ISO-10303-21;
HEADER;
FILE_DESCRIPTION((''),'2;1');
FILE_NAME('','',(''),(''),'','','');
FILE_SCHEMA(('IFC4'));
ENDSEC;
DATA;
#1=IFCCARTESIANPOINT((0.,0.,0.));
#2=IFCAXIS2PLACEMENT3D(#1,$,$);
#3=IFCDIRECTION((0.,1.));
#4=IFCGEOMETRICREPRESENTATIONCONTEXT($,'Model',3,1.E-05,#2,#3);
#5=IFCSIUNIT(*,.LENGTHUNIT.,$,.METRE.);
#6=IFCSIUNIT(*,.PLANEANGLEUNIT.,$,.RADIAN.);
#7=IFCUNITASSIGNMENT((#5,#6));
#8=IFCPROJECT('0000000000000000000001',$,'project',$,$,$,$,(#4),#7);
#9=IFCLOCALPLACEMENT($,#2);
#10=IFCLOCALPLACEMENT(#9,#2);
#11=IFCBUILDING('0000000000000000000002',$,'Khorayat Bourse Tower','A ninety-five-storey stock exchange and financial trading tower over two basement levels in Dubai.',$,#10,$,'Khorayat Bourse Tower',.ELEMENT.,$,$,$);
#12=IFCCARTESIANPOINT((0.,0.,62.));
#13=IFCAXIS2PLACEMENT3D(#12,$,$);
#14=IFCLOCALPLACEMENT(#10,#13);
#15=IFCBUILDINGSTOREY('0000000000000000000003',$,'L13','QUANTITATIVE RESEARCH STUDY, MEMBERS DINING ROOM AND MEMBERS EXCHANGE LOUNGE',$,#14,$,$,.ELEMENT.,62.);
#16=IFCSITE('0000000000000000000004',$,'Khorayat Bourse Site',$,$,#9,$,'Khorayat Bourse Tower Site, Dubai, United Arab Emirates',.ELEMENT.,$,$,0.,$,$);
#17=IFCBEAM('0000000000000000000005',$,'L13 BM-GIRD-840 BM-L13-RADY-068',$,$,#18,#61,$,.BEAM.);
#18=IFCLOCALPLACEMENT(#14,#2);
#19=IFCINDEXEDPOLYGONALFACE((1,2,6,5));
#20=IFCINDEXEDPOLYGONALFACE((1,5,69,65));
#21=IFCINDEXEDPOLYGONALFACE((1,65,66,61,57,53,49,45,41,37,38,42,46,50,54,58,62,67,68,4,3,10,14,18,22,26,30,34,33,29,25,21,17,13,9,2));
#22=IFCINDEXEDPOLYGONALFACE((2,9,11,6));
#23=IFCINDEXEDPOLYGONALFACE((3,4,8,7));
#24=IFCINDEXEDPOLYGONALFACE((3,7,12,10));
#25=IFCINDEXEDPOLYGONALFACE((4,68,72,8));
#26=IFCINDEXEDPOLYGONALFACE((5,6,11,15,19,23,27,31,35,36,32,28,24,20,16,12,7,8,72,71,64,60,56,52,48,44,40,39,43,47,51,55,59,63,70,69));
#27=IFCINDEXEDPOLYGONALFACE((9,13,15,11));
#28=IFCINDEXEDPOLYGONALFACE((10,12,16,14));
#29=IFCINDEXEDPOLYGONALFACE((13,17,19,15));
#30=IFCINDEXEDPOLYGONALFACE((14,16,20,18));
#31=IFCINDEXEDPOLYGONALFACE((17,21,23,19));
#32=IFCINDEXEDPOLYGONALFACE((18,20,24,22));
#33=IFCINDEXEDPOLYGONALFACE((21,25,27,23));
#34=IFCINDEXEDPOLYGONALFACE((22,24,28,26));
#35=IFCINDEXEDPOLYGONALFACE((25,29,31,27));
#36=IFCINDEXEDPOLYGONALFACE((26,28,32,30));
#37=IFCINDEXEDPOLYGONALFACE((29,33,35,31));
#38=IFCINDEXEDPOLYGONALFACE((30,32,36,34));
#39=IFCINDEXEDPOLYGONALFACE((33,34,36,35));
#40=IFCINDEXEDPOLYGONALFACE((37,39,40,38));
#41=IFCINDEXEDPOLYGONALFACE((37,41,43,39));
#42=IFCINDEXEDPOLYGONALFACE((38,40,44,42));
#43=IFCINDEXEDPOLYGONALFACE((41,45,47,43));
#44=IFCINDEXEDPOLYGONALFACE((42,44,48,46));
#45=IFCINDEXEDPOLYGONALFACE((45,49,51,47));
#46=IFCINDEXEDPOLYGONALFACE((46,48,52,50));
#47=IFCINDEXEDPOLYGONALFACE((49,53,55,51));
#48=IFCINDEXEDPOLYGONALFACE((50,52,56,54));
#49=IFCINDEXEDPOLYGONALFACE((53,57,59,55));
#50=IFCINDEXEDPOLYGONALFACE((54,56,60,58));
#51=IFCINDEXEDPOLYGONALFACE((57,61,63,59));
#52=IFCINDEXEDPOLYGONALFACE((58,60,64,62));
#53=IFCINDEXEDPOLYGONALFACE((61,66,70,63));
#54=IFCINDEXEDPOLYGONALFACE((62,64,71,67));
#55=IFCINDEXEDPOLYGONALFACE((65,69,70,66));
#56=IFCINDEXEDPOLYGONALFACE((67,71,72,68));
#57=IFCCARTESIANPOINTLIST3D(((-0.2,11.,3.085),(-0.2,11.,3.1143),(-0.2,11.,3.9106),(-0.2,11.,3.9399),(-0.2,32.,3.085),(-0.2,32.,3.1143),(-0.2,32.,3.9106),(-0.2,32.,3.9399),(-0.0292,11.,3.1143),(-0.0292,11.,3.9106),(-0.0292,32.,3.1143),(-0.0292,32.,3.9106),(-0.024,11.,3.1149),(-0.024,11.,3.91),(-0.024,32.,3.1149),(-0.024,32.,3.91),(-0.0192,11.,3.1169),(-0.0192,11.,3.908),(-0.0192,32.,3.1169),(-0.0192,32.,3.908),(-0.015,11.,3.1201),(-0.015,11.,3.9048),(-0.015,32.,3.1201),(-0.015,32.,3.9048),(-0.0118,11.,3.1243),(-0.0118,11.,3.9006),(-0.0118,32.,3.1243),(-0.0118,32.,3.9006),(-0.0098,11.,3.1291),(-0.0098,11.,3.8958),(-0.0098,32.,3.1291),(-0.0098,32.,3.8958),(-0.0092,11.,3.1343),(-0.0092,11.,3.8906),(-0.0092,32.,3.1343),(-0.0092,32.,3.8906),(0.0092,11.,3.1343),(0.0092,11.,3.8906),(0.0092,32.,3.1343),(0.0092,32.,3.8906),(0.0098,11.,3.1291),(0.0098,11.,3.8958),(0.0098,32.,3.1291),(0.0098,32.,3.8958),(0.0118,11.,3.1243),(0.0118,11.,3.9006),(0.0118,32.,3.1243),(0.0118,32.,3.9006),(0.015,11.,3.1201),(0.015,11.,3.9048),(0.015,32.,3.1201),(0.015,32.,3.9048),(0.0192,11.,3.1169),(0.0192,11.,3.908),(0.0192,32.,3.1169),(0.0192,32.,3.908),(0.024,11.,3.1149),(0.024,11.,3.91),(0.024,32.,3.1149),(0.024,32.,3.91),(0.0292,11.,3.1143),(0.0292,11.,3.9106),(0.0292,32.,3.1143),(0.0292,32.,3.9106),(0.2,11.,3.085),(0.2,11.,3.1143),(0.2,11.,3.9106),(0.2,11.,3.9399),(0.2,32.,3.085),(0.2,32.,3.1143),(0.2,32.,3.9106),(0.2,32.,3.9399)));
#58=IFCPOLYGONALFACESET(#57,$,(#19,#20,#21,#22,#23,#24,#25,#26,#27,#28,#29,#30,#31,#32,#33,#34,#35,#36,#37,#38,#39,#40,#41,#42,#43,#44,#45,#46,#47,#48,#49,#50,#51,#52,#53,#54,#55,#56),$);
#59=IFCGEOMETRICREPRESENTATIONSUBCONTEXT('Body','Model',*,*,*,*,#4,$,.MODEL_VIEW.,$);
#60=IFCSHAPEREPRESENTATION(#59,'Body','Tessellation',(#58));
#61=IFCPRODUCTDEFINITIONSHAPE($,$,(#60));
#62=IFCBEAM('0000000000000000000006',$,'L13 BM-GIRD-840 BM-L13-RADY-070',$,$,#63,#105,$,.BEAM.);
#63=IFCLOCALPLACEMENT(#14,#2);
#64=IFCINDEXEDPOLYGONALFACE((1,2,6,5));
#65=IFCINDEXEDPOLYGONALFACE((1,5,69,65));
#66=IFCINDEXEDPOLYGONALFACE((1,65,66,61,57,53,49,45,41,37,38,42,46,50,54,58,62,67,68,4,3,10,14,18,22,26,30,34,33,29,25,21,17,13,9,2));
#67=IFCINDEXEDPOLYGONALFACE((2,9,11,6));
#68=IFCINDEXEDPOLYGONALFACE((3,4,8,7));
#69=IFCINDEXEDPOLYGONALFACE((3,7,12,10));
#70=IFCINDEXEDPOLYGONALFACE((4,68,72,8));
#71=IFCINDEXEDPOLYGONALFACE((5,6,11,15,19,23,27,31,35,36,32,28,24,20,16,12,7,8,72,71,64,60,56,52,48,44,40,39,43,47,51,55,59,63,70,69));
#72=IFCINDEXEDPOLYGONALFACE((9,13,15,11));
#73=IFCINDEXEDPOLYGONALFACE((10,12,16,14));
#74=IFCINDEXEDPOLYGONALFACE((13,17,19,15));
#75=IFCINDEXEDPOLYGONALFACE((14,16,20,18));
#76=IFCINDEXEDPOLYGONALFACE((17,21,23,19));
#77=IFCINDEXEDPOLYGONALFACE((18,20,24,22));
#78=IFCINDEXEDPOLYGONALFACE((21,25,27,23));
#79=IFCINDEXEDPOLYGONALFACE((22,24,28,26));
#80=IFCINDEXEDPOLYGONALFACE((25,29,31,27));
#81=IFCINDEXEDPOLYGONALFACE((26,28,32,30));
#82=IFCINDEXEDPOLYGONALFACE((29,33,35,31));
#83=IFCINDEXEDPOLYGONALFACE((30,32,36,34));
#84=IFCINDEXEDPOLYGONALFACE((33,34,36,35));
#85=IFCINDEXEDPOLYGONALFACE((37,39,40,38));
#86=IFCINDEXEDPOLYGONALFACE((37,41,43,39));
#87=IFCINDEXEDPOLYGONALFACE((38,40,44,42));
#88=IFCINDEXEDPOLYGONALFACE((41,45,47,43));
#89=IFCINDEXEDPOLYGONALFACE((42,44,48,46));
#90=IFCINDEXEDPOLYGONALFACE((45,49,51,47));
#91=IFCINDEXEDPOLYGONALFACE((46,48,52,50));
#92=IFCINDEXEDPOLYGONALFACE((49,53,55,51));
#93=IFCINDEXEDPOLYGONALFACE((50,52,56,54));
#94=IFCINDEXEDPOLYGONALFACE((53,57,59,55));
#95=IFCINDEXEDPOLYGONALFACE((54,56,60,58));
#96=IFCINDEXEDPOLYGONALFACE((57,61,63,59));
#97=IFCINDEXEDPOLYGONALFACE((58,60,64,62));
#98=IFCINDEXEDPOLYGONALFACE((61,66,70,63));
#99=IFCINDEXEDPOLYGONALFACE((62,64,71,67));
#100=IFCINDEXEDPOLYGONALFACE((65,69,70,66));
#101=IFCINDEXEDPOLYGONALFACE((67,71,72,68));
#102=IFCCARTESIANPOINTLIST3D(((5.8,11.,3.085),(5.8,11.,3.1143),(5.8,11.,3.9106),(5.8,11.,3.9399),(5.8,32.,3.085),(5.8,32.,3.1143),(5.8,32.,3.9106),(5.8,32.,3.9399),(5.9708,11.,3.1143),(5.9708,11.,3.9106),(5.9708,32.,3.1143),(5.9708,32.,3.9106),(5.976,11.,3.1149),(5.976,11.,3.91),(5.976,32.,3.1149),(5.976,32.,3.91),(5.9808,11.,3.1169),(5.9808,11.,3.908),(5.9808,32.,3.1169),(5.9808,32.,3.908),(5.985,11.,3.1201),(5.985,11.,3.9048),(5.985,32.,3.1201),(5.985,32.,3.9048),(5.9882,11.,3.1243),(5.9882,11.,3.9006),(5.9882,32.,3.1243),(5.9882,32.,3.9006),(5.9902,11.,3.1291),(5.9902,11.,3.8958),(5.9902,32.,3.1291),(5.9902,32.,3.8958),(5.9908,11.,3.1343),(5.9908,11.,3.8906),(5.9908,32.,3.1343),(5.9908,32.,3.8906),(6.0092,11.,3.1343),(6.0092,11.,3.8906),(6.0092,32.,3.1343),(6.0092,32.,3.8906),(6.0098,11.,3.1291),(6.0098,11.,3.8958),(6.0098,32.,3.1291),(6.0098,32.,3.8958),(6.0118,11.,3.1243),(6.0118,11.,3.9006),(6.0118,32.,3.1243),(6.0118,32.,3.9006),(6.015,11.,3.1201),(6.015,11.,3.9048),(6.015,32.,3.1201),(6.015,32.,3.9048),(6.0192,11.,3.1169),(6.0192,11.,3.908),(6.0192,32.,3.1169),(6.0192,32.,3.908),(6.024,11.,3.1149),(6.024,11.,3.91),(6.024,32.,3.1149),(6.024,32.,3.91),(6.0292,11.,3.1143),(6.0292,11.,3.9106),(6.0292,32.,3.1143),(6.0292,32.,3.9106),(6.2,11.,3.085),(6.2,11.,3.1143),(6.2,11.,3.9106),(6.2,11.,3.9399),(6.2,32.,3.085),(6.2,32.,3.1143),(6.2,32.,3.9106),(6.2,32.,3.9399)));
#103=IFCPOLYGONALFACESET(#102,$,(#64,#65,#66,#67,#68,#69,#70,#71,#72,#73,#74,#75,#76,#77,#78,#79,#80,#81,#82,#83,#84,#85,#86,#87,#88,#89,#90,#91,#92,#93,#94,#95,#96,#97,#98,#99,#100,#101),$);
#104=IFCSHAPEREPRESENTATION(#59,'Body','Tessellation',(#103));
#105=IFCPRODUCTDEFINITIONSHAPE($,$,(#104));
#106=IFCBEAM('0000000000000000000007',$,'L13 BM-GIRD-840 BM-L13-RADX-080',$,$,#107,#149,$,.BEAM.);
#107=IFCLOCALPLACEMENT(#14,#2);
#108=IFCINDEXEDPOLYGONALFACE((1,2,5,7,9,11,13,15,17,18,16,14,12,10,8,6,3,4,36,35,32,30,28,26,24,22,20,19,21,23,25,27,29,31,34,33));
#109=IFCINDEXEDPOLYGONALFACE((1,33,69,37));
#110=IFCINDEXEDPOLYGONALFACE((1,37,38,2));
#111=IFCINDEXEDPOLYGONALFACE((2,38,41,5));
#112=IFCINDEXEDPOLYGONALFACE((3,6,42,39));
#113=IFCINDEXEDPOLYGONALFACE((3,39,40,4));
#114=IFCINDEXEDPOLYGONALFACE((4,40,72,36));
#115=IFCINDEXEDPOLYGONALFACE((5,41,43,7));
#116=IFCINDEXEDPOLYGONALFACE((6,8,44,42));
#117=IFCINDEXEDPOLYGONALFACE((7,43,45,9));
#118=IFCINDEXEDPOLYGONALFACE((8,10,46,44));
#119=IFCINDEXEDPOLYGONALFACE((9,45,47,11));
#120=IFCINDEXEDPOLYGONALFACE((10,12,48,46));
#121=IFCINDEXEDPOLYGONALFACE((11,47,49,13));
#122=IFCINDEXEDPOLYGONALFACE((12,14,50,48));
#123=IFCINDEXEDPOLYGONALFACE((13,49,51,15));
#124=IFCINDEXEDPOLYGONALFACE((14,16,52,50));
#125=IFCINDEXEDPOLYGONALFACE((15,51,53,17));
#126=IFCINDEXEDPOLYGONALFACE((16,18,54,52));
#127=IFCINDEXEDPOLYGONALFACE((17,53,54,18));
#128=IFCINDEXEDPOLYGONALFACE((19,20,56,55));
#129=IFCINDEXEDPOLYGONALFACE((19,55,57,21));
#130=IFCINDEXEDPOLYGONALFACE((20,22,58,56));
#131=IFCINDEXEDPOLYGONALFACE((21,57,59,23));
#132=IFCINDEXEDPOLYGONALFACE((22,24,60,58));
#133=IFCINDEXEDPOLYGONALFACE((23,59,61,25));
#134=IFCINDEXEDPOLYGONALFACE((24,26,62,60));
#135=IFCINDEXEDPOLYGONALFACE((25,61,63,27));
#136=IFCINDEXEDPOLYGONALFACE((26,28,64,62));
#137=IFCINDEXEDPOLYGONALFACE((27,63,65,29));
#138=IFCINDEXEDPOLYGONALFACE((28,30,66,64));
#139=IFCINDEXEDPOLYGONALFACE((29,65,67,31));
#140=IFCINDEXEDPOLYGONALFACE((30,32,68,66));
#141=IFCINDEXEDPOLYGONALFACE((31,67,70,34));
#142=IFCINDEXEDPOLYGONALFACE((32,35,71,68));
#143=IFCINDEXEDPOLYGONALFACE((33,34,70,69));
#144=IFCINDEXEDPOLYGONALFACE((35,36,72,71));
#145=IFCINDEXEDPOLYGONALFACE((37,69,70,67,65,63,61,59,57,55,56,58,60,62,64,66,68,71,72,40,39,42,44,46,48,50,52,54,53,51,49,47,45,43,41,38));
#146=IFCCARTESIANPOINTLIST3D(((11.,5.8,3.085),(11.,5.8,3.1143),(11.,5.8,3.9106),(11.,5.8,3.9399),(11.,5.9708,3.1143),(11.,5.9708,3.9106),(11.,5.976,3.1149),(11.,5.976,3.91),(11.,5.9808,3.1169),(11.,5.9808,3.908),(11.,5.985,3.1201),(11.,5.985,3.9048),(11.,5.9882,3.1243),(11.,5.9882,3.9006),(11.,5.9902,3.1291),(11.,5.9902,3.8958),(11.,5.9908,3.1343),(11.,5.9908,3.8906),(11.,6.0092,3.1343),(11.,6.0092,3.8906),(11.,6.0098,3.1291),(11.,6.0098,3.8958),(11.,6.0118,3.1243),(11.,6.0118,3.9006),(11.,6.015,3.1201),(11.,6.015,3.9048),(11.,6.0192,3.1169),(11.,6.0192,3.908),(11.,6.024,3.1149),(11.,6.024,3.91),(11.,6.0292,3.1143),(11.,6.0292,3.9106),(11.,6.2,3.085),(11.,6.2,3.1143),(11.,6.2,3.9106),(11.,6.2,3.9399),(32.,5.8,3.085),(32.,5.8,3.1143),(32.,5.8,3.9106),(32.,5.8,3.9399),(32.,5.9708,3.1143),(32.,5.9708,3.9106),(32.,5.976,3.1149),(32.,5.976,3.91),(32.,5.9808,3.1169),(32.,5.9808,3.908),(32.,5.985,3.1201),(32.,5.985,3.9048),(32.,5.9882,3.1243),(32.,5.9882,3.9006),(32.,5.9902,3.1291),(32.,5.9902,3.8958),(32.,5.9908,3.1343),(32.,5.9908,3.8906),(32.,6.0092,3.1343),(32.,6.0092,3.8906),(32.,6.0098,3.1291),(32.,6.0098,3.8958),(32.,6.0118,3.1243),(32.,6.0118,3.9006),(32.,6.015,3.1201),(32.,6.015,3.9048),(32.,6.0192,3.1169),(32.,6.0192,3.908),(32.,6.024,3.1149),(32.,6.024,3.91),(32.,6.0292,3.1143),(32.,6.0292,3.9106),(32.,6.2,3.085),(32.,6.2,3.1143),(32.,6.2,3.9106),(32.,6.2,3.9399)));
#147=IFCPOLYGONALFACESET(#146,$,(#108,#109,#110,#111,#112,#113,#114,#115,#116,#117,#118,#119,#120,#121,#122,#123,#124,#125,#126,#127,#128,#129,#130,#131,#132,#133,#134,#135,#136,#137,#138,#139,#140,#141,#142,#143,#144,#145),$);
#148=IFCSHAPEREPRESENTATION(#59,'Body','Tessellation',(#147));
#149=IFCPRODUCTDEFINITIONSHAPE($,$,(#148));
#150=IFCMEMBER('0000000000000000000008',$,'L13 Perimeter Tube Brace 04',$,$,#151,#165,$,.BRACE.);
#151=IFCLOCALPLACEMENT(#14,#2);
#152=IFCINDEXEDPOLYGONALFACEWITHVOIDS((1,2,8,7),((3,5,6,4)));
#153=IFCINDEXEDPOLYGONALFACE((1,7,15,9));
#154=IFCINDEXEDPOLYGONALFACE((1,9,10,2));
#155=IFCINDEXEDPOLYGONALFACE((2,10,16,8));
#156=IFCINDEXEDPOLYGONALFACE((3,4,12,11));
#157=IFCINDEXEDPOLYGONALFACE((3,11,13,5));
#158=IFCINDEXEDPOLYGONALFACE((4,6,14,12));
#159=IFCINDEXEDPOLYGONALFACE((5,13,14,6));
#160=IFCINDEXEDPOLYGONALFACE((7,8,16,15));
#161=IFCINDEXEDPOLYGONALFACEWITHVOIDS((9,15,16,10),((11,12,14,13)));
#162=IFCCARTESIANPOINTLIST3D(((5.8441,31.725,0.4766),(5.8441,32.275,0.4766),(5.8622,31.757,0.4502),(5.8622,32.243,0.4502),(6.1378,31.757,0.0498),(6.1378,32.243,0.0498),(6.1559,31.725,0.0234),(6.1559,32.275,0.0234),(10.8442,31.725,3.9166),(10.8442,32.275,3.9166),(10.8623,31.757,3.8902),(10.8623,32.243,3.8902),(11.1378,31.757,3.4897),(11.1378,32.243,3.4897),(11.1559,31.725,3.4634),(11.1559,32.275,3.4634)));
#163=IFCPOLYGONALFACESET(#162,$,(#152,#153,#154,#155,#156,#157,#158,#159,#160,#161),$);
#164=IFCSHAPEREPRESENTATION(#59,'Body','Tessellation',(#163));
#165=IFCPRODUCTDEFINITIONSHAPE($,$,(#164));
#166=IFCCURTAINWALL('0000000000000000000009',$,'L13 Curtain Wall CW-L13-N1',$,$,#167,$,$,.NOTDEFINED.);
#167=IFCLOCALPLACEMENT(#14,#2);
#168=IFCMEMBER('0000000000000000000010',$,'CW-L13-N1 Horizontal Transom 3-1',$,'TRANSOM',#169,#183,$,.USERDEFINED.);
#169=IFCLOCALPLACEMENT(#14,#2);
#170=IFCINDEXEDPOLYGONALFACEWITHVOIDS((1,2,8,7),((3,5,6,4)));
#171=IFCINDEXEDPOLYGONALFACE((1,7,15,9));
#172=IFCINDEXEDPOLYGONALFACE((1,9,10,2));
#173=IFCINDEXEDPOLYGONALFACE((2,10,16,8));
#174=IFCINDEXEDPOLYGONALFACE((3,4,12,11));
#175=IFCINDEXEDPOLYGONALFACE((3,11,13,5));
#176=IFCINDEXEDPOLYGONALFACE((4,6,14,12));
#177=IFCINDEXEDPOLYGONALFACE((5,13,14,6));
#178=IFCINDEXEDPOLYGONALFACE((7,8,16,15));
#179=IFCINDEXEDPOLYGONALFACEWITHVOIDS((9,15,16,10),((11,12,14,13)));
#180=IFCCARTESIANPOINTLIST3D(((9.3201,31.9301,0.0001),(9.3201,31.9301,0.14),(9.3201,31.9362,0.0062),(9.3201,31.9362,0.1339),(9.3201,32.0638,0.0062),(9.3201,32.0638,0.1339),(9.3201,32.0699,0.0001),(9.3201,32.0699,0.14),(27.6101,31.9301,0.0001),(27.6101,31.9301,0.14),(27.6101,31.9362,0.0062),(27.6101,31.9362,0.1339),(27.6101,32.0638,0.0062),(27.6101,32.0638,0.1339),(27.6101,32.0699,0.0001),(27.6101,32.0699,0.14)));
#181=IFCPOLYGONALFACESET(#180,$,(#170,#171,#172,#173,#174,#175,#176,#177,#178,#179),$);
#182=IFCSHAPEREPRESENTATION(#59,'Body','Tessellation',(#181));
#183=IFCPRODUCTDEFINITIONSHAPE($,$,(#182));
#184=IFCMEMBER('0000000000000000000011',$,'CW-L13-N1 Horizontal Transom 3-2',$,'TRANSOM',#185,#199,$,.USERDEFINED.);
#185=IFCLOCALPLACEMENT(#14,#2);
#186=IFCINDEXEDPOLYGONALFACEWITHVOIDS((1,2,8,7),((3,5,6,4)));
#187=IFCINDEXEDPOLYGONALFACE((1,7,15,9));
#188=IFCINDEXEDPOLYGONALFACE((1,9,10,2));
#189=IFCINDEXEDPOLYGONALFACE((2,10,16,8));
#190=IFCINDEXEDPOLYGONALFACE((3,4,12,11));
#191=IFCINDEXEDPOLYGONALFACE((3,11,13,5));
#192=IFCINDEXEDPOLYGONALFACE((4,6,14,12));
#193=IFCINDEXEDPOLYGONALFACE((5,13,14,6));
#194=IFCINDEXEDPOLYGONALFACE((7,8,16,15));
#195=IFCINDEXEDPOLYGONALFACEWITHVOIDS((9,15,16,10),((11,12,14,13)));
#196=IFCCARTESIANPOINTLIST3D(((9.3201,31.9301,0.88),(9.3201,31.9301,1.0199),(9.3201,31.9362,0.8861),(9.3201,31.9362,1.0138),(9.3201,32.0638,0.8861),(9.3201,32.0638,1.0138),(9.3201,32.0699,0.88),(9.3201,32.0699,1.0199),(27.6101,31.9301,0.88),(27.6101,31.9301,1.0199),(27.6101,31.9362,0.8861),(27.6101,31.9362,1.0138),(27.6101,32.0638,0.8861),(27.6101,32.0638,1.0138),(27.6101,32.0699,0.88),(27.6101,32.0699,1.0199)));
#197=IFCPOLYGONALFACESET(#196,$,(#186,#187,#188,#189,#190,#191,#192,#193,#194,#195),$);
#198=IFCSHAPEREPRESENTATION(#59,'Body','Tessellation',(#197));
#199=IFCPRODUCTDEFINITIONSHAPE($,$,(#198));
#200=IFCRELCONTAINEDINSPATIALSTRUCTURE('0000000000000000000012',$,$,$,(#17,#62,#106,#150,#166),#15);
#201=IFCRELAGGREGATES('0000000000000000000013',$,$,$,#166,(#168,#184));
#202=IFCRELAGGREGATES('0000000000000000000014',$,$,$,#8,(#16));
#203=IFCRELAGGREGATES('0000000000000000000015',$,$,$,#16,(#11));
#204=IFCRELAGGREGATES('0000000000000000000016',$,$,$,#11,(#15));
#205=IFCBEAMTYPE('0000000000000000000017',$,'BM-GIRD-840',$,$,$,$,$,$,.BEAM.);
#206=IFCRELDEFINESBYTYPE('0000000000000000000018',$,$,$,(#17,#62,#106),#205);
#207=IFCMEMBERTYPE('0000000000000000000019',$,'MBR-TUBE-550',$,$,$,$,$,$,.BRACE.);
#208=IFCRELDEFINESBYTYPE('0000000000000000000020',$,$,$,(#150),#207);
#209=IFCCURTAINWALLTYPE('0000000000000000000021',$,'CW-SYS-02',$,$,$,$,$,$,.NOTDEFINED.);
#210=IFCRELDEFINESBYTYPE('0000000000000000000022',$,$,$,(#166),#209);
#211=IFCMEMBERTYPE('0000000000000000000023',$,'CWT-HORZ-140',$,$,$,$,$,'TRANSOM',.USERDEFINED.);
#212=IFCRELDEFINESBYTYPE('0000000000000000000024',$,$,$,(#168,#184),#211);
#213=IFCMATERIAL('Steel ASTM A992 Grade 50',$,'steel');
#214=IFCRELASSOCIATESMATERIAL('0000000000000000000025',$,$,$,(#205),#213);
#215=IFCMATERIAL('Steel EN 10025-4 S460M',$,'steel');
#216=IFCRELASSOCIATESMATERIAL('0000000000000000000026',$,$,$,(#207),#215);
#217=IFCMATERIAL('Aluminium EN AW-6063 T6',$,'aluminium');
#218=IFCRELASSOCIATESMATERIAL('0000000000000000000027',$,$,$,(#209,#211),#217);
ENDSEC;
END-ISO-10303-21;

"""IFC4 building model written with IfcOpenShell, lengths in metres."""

from ifc_helpers import new_model, si_unit, direction, frame, origin, origin_2d, place, context, subcontext, project, spatial, hollow_rectangle, i_section, extrude, source, transform, mapped, material, material_profile, profile_set, type_object, element, aggregate, save


model = new_model("IFC4")

# Units and contexts
model_context = context("Model", 3, precision=1e-05, world=origin(), true_north=direction((0.0, 1.0)))
body_context = subcontext(model_context, "Body", "Model", "MODEL_VIEW")
ifc_project = project(units=[si_unit("LENGTHUNIT", "METRE"), si_unit("PLANEANGLEUNIT", "RADIAN")], contexts=[model_context])

# Site, building, storey
site_placement = place(None, origin())
site = spatial("IfcSite", under=ifc_project, at=site_placement, Name="Khorayat Bourse Site", LongName="Khorayat Bourse Tower Site, Dubai, United Arab Emirates", CompositionType="ELEMENT", RefElevation=0.0)
building_placement = place(site_placement, origin())
building = spatial("IfcBuilding", under=site, at=building_placement, Name="Khorayat Bourse Tower", Description="A ninety-five-storey stock exchange and financial trading tower over two basement levels in Dubai.", LongName="Khorayat Bourse Tower", CompositionType="ELEMENT")
storey_placement = place(building_placement, frame((0.0, 0.0, 62.0)))
storey = spatial("IfcBuildingStorey", under=building, at=storey_placement, Name="L13", Description="QUANTITATIVE RESEARCH STUDY, MEMBERS DINING ROOM AND MEMBERS EXCHANGE LOUNGE", CompositionType="ELEMENT", Elevation=62.0)

# Shared definitions
ifc_material_1 = material(Name="Steel EN 10025-4 S460M", Category="steel")

# Beams
ifc_material_2 = material(Name="Steel ASTM A992 Grade 50", Category="steel")
ifc_material_profile_1 = material_profile(ifc_material_2, i_section(OverallWidth=0.3999, OverallDepth=0.855, WebThickness=0.0183, FlangeThickness=0.0293, FilletRadius=0.02, at=origin_2d()), Name="W840X299")
ifc_profile_set_1 = profile_set([ifc_material_profile_1], Name="Steel ASTM A992 Grade 50")
beam_type_1 = type_object("IfcBeamType", Name="BM-GIRD-840", PredefinedType="BEAM", material=ifc_profile_set_1)
shared_shape_1 = source(origin(), body_context, "Body", "SweptSolid", [
    extrude(i_section(OverallWidth=0.3999, OverallDepth=0.855, WebThickness=0.0183, FlangeThickness=0.0293, FilletRadius=0.02, at=origin_2d()), origin(), (0.0, 0.0, 1.0), 21.0),
])
for number, where, z_axis, x_axis, name in (
    (1, (0.0, 11.0, 3.5125), (0.0, 1.0, 0.0), (-1.0, 0.0, 0.0), "L13 BM-GIRD-840 BM-L13-RADY-068"),
    (2, (6.0, 11.0, 3.5125), (0.0, 1.0, 0.0), (-1.0, 0.0, 0.0), "L13 BM-GIRD-840 BM-L13-RADY-070"),
    (3, (11.0, 6.0, 3.5125), (1.0, 0.0, 0.0), (0.0, 1.0, 0.0), "L13 BM-GIRD-840 BM-L13-RADX-080"),
):
    element("IfcBeam", number, at=place(storey_placement, frame(where, z_axis=z_axis, x_axis=x_axis)), inside=storey, type_object=beam_type_1, Name=name, PredefinedType="BEAM", context=body_context, shape_type="MappedRepresentation", body=[
        mapped(shared_shape_1, transform((0.0, 0.0, 0.0), scale=1.0)),
    ])

# Member
ifc_material_profile_2 = material_profile(ifc_material_1, hollow_rectangle(XDim=0.55, YDim=0.55, WallThickness=0.032, at=origin_2d()), Name="HSS 550x550x32")
ifc_profile_set_2 = profile_set([ifc_material_profile_2], Name="Steel EN 10025-4 S460M")
member_type_1 = type_object("IfcMemberType", Name="MBR-TUBE-550", PredefinedType="BRACE", material=ifc_profile_set_2)
shared_shape_2 = source(origin(), body_context, "Body", "SweptSolid", [
    extrude(hollow_rectangle(XDim=0.55, YDim=0.55, WallThickness=0.032, at=origin_2d()), origin(), (0.0, 0.0, 1.0), 6.0691),
])
member_1_placement = place(storey_placement, frame((6.0, 32.0, 0.25), z_axis=(0.823854, 0.0, 0.566802), x_axis=(0.0, 1.0, 0.0)))
element("IfcMember", 4, at=member_1_placement, inside=storey, type_object=member_type_1, Name="L13 Perimeter Tube Brace 04", PredefinedType="BRACE", context=body_context, shape_type="MappedRepresentation", body=[
    mapped(shared_shape_2, transform((0.0, 0.0, 0.0), scale=1.0)),
])

# Curtain wall, members
ifc_material_3 = material(Name="Aluminium EN AW-6063 T6", Category="aluminium")
curtain_wall_type = type_object("IfcCurtainWallType", Name="CW-SYS-02", PredefinedType="NOTDEFINED", material=ifc_material_3)
curtain_wall_placement = place(storey_placement, origin())
curtain_wall = element("IfcCurtainWall", 5, at=curtain_wall_placement, inside=storey, type_object=curtain_wall_type, Name="L13 Curtain Wall CW-L13-N1", PredefinedType="NOTDEFINED")
ifc_material_profile_3 = material_profile(ifc_material_3, hollow_rectangle(XDim=0.1399, YDim=0.1399, WallThickness=0.0061, at=origin_2d()), Name="ALU 140x140x6")
ifc_profile_set_3 = profile_set([ifc_material_profile_3], Name="Aluminium EN AW-6063 T6")
member_type_2 = type_object("IfcMemberType", Name="CWT-HORZ-140", ElementType="TRANSOM", PredefinedType="USERDEFINED", material=ifc_profile_set_3)
shared_shape_3 = source(origin(), body_context, "Body", "SweptSolid", [
    extrude(hollow_rectangle(XDim=0.1399, YDim=0.1399, WallThickness=0.0061, at=origin_2d()), origin(), (0.0, 0.0, 1.0), 18.29),
])
member_2_placement = place(storey_placement, frame((9.3201, 32.0, 0.0701), z_axis=(1.0, 0.0, 0.0), x_axis=(0.0, 1.0, 0.0)))
member_2 = element("IfcMember", 6, at=member_2_placement, type_object=member_type_2, Name="CW-L13-N1 Horizontal Transom 3-1", ObjectType="TRANSOM", PredefinedType="USERDEFINED", context=body_context, shape_type="MappedRepresentation", body=[
    mapped(shared_shape_3, transform((0.0, 0.0, 0.0), scale=1.0)),
])
member_3_placement = place(storey_placement, frame((9.3201, 32.0, 0.95), z_axis=(1.0, 0.0, 0.0), x_axis=(0.0, 1.0, 0.0)))
member_3 = element("IfcMember", 7, at=member_3_placement, type_object=member_type_2, Name="CW-L13-N1 Horizontal Transom 3-2", ObjectType="TRANSOM", PredefinedType="USERDEFINED", context=body_context, shape_type="MappedRepresentation", body=[
    mapped(shared_shape_3, transform((0.0, 0.0, 0.0), scale=1.0)),
])

aggregate(curtain_wall, [member_2, member_3])

save(model, "model.ifc")
